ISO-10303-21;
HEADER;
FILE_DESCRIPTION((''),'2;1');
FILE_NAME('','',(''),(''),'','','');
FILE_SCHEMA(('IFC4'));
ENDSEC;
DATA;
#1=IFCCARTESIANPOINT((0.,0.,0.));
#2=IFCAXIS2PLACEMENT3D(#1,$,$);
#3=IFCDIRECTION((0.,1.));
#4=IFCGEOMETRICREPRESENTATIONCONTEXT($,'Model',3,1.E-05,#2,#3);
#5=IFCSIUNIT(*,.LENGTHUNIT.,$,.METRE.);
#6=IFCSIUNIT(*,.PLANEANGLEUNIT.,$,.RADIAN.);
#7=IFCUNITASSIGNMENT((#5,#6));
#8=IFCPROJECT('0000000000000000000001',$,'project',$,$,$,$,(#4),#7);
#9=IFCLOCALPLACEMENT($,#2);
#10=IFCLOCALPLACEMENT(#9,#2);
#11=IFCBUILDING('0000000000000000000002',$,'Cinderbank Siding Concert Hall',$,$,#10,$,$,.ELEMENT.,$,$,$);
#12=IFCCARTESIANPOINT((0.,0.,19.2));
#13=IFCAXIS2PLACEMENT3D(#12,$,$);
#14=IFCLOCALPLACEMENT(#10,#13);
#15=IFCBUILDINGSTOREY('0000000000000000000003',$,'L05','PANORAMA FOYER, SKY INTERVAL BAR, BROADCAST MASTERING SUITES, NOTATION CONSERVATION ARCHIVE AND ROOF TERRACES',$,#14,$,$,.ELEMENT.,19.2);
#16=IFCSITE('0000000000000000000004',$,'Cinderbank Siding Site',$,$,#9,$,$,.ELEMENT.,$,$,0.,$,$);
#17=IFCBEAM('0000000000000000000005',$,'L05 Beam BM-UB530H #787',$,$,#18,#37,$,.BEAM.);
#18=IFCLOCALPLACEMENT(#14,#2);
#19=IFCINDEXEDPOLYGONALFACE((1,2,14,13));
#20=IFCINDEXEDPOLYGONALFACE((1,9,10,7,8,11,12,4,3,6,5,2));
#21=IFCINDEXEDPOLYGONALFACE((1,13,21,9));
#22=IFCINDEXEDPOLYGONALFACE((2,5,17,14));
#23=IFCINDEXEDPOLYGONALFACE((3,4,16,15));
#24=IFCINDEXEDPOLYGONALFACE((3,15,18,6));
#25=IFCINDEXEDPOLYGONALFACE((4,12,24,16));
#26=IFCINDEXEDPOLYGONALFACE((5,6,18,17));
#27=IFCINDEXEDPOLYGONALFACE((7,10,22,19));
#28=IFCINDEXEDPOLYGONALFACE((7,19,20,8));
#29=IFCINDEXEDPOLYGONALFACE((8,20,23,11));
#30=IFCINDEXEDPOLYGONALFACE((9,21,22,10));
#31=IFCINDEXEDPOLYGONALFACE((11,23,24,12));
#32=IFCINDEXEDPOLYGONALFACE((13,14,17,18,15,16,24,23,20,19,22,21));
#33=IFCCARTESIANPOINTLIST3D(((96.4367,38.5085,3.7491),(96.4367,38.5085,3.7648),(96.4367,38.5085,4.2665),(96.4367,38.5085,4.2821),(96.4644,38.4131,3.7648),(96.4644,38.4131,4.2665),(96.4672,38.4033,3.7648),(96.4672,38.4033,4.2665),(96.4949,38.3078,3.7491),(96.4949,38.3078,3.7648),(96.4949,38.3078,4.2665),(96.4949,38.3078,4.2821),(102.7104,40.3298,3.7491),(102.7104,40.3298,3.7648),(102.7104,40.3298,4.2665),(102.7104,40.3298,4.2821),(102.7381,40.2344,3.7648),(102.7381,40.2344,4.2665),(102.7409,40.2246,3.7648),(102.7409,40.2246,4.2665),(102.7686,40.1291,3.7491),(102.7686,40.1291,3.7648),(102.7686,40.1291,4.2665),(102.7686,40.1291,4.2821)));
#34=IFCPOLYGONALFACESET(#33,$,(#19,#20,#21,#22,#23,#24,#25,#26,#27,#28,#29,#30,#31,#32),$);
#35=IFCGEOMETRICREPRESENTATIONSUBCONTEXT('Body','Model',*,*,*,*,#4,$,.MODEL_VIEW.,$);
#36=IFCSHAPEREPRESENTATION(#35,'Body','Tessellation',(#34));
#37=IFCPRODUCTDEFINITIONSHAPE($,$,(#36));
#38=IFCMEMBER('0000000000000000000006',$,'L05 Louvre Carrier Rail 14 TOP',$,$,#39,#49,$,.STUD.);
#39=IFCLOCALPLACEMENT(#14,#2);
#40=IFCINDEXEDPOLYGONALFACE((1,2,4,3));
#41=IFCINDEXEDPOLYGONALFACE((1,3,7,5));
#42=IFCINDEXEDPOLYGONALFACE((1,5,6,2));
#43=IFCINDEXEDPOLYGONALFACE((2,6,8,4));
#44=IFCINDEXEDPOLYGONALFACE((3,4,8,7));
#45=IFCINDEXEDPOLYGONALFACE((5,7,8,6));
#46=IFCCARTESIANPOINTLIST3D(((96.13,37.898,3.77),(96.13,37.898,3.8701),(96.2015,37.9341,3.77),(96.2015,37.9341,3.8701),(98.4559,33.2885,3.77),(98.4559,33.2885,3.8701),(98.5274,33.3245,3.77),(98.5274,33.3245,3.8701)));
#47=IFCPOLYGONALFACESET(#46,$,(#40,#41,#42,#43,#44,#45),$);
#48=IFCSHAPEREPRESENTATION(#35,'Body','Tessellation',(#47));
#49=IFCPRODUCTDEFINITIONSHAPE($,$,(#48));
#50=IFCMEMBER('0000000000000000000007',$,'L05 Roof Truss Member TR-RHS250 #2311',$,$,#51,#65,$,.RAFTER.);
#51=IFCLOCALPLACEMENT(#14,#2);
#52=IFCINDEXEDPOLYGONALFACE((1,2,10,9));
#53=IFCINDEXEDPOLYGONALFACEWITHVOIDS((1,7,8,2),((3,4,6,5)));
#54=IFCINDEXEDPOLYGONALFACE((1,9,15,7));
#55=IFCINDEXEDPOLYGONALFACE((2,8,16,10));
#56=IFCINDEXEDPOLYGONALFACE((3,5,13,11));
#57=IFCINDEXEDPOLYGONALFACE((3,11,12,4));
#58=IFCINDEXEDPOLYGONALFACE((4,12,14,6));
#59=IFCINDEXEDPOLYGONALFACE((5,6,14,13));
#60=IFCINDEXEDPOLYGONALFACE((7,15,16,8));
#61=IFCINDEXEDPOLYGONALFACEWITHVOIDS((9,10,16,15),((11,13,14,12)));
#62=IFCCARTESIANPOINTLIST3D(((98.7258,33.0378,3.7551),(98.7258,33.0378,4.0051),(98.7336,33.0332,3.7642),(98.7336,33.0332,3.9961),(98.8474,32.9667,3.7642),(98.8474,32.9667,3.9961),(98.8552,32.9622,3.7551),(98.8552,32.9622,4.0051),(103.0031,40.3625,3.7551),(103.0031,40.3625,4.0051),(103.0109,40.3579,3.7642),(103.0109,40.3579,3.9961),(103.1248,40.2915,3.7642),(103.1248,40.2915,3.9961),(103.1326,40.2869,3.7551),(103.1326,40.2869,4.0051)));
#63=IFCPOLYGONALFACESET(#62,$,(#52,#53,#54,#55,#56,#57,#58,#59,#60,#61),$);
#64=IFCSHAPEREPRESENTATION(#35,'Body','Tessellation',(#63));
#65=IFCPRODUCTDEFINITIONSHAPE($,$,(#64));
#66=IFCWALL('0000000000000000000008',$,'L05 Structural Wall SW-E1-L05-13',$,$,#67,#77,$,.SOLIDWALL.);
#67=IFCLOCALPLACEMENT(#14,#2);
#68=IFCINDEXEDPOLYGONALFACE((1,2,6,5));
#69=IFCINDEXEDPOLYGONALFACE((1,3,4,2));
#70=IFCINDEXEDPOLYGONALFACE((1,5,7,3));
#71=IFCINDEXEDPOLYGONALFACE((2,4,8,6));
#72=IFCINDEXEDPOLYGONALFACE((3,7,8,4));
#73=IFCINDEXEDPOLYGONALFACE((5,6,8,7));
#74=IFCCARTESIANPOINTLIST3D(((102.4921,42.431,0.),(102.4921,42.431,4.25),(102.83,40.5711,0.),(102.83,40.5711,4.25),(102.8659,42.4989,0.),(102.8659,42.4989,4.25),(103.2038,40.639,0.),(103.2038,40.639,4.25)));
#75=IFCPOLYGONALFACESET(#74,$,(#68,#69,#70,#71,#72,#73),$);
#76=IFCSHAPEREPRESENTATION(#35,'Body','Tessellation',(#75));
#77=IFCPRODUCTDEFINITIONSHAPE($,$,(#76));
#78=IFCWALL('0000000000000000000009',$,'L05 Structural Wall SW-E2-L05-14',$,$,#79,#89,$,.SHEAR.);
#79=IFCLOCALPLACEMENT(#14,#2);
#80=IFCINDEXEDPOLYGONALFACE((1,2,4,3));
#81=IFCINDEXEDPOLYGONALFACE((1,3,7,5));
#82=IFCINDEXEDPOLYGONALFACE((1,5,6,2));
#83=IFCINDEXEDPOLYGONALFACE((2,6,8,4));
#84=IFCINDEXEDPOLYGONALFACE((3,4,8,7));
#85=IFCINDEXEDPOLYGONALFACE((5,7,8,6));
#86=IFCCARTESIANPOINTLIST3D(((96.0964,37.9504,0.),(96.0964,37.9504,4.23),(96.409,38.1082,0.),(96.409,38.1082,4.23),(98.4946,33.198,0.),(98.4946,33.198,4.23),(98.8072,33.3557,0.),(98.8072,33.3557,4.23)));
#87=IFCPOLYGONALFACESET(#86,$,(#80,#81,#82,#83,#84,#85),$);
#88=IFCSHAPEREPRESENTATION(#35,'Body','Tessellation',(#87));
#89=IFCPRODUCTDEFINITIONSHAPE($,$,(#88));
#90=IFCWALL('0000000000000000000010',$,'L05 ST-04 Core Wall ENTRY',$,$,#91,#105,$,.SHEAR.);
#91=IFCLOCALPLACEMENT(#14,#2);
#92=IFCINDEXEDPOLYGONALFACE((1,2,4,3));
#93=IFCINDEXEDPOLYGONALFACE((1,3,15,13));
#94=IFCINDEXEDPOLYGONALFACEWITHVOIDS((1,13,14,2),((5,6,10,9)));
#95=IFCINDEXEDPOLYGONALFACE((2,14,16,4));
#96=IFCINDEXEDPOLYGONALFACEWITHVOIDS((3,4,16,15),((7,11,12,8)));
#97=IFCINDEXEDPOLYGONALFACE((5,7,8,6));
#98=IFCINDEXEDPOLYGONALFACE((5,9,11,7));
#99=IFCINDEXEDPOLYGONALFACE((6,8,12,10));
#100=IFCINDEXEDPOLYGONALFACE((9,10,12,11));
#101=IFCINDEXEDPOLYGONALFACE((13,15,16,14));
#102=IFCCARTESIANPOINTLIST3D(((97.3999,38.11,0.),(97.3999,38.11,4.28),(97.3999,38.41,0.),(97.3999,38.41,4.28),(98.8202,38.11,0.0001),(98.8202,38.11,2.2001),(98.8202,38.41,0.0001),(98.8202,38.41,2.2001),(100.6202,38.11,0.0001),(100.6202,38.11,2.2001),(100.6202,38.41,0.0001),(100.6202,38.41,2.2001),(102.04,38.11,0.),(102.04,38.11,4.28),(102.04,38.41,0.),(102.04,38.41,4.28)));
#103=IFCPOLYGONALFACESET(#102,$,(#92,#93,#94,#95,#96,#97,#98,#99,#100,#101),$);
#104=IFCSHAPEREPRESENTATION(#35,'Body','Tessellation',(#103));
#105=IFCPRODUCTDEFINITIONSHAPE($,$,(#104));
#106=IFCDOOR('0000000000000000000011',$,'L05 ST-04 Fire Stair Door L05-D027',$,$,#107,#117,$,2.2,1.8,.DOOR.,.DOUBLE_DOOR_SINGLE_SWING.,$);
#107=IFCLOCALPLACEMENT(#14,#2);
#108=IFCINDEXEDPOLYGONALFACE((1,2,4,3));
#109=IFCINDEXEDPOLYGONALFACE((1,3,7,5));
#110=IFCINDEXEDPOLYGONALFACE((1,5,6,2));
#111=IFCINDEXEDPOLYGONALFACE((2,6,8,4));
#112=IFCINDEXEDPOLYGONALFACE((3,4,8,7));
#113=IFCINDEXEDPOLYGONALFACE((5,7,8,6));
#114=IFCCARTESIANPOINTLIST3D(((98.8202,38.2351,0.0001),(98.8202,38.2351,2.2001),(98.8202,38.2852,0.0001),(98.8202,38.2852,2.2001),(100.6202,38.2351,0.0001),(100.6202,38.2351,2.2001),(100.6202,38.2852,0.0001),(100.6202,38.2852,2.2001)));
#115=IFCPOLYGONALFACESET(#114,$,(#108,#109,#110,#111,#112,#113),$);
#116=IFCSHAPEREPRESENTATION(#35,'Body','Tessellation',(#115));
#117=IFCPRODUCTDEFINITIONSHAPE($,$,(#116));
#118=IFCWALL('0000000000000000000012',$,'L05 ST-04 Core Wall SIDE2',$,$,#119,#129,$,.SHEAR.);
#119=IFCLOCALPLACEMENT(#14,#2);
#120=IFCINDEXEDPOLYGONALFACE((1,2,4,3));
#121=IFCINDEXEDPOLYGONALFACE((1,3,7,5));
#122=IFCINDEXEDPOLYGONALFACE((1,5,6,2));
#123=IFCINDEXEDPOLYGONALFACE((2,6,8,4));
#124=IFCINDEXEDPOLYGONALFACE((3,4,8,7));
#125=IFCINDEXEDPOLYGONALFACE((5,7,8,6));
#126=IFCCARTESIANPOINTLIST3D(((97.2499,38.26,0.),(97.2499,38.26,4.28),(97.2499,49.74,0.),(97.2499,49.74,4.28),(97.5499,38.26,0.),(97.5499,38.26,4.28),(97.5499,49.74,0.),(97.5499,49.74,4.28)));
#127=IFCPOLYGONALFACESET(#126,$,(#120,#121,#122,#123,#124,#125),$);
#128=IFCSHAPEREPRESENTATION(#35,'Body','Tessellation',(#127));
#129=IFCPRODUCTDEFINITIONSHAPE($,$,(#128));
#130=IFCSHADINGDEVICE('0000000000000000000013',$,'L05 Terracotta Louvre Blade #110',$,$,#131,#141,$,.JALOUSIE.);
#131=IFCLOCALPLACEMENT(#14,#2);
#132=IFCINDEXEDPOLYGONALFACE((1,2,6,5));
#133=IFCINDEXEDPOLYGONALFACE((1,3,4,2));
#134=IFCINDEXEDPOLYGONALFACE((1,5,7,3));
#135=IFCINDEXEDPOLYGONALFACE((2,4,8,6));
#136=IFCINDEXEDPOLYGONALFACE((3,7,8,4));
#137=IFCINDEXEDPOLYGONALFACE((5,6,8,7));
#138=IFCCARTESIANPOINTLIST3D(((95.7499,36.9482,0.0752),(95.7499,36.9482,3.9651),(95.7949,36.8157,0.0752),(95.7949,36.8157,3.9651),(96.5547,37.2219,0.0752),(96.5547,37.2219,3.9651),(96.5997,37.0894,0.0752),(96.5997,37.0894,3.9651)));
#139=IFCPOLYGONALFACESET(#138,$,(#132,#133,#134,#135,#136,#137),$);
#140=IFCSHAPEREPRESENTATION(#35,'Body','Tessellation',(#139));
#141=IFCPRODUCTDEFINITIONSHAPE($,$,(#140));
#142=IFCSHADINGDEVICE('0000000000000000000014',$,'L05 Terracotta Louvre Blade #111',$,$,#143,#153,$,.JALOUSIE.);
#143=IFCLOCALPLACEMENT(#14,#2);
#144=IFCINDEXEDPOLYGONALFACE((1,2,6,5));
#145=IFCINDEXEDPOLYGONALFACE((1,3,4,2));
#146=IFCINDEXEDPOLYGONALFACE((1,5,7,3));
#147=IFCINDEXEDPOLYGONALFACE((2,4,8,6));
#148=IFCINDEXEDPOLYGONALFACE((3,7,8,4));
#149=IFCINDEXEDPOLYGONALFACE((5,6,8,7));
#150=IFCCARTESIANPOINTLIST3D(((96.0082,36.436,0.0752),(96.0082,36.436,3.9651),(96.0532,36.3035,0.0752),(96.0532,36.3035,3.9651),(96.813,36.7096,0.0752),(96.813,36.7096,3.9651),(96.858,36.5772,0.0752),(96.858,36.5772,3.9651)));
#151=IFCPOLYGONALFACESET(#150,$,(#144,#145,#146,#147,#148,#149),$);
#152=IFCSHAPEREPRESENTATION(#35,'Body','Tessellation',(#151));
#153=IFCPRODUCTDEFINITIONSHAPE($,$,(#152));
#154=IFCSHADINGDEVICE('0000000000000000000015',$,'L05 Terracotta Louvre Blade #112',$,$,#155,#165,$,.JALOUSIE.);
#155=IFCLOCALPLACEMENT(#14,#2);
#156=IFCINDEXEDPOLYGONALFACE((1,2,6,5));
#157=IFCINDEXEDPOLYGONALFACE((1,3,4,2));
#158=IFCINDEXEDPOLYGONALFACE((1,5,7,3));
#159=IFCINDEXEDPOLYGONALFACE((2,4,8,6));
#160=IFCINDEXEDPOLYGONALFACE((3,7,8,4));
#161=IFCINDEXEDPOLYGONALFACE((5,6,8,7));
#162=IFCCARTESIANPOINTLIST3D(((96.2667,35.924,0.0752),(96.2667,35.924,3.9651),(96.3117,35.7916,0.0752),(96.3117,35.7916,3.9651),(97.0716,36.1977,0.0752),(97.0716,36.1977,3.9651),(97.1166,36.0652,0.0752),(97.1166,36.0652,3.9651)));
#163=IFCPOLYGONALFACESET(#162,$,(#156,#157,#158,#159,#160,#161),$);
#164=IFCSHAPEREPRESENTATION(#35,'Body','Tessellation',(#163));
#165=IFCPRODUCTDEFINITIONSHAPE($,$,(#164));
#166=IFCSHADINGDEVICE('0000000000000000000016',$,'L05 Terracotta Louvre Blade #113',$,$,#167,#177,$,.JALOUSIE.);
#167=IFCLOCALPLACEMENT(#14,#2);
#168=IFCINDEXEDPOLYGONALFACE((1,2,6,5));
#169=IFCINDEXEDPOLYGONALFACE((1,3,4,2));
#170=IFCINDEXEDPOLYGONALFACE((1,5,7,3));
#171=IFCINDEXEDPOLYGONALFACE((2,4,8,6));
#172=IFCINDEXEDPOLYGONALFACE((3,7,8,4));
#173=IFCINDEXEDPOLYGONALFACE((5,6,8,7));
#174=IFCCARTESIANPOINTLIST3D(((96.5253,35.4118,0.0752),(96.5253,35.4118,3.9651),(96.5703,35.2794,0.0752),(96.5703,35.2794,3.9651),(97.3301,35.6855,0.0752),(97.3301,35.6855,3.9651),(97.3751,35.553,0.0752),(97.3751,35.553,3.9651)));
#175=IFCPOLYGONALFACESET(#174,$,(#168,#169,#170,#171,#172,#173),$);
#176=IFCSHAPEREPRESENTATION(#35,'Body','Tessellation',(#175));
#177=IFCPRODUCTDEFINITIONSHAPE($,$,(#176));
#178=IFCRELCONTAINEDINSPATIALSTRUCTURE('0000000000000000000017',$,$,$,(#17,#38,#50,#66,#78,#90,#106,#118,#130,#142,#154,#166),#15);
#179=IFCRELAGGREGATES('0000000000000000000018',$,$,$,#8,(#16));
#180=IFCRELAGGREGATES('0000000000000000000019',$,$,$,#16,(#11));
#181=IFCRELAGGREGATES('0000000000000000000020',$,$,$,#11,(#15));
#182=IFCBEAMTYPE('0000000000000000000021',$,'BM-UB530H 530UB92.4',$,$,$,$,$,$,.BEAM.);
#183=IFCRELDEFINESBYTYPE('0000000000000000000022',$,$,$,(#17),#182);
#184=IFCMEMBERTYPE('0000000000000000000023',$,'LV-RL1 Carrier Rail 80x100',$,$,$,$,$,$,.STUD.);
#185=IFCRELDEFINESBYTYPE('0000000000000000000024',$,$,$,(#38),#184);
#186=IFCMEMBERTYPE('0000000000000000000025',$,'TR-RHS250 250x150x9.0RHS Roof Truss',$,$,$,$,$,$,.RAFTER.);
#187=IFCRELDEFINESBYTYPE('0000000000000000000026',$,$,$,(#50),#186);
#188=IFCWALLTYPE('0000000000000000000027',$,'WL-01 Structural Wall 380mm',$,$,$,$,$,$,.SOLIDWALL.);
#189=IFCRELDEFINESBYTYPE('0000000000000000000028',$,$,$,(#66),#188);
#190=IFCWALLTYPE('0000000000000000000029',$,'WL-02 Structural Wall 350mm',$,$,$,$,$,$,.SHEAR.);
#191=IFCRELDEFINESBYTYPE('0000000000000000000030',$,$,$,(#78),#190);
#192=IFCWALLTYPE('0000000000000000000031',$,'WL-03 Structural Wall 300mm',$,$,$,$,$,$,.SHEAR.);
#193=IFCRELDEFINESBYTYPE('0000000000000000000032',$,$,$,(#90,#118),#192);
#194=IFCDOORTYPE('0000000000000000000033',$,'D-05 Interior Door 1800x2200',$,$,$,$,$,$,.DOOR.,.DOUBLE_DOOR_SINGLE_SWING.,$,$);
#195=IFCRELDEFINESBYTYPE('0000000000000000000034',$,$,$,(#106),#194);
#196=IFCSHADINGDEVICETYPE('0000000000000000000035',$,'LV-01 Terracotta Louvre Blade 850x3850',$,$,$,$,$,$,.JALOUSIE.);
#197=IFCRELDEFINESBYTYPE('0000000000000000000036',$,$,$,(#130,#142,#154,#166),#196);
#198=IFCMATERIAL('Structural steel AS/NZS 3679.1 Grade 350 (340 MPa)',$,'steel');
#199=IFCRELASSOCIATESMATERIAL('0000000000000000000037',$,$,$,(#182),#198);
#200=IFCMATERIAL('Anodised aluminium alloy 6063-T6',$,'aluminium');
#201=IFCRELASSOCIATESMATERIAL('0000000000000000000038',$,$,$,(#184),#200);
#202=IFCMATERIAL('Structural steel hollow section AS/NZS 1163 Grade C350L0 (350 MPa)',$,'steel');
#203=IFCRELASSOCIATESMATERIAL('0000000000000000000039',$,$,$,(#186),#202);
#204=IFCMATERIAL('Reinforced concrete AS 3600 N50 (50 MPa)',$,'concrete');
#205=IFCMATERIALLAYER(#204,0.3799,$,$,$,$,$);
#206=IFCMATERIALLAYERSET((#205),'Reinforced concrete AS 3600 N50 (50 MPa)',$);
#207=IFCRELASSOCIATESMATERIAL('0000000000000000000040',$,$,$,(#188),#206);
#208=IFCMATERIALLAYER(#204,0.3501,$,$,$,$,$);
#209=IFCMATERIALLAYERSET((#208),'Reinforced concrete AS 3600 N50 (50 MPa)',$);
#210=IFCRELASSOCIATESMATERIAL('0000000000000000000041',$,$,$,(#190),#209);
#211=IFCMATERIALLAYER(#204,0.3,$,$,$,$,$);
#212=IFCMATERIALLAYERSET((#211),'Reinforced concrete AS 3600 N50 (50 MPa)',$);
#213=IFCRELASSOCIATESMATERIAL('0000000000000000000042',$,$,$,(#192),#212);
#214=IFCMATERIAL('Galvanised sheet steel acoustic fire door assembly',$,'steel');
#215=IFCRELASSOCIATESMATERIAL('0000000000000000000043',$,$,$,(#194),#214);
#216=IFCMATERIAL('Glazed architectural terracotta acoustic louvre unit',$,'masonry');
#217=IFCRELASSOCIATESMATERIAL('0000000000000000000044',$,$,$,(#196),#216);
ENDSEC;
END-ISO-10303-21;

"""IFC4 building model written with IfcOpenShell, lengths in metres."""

from ifc_helpers import new_model, si_unit, direction, frame, frame_2d, origin, origin_2d, place, context, subcontext, project, spatial, rectangle, hollow_rectangle, i_section, extrude, material, layer, layer_set, material_profile, profile_set, type_object, element, fill, save


model = new_model("IFC4")

# Units and contexts
model_context = context("Model", 3, precision=1e-05, world=origin(), true_north=direction((0.0, 1.0)))
body_context = subcontext(model_context, "Body", "Model", "MODEL_VIEW")
ifc_project = project(units=[si_unit("LENGTHUNIT", "METRE"), si_unit("PLANEANGLEUNIT", "RADIAN")], contexts=[model_context])

# Site, building, storey
site_placement = place(None, origin())
site = spatial("IfcSite", under=ifc_project, at=site_placement, Name="Cinderbank Siding Site", CompositionType="ELEMENT", RefElevation=0.0)
building_placement = place(site_placement, origin())
building = spatial("IfcBuilding", under=site, at=building_placement, Name="Cinderbank Siding Concert Hall", CompositionType="ELEMENT")
storey_placement = place(building_placement, frame((0.0, 0.0, 19.2)))
storey = spatial("IfcBuildingStorey", under=building, at=storey_placement, Name="L05", Description="PANORAMA FOYER, SKY INTERVAL BAR, BROADCAST MASTERING SUITES, NOTATION CONSERVATION ARCHIVE AND ROOF TERRACES", CompositionType="ELEMENT", Elevation=19.2)

# Beam
ifc_material_1 = material(Name="Structural steel AS/NZS 3679.1 Grade 350 (340 MPa)", Category="steel")
ifc_material_profile_1 = material_profile(ifc_material_1, i_section(OverallWidth=0.209, OverallDepth=0.533, WebThickness=0.0103, FlangeThickness=0.0156, at=origin_2d()), Name="530UB92.4", Category="LoadBearing")
ifc_profile_set_1 = profile_set([ifc_material_profile_1], Name="Structural steel AS/NZS 3679.1 Grade 350 (340 MPa)")
beam_type = type_object("IfcBeamType", Name="BM-UB530H 530UB92.4", PredefinedType="BEAM", material=ifc_profile_set_1)
beam_placement = place(storey_placement, frame((102.7395, 40.2295, 4.0156), z_axis=(-0.96035, -0.278796, 0.0), x_axis=(0.278796, -0.96035, 0.0)))
element("IfcBeam", 1, at=beam_placement, inside=storey, type_object=beam_type, Name="L05 Beam BM-UB530H #787", PredefinedType="BEAM", context=body_context, shape_type="SweptSolid", body=[
    extrude(i_section(OverallWidth=0.209, OverallDepth=0.533, WebThickness=0.0103, FlangeThickness=0.0156, at=origin_2d()), origin(), (0.0, 0.0, 1.0), 6.5327),
])

# Members
ifc_material_2 = material(Name="Anodised aluminium alloy 6063-T6", Category="aluminium")
ifc_material_profile_2 = material_profile(ifc_material_2, rectangle(XDim=0.0801, YDim=0.1001, at=origin_2d()), Name="ALU-RAIL-80x100", Category="LoadBearing")
ifc_profile_set_2 = profile_set([ifc_material_profile_2], Name="Anodised aluminium alloy 6063-T6")
member_type_1 = type_object("IfcMemberType", Name="LV-RL1 Carrier Rail 80x100", PredefinedType="STUD", material=ifc_profile_set_2)
member_1_placement = place(storey_placement, frame((96.1658, 37.916, 3.8201), z_axis=(0.450483, -0.892785, 0.0), x_axis=(0.892785, 0.450483, 0.0)))
element("IfcMember", 2, at=member_1_placement, inside=storey, type_object=member_type_1, Name="L05 Louvre Carrier Rail 14 TOP", PredefinedType="STUD", context=body_context, shape_type="SweptSolid", body=[
    extrude(rectangle(XDim=0.0801, YDim=0.1001, at=origin_2d()), origin(), (0.0, 0.0, 1.0), 5.1631),
])
ifc_material_3 = material(Name="Structural steel hollow section AS/NZS 1163 Grade C350L0 (350 MPa)", Category="steel")
ifc_material_profile_3 = material_profile(ifc_material_3, hollow_rectangle(XDim=0.1499, YDim=0.25, WallThickness=0.009, at=origin_2d()), Name="250x150x9.0RHS", Category="LoadBearing")
ifc_profile_set_3 = profile_set([ifc_material_profile_3], Name="Structural steel hollow section AS/NZS 1163 Grade C350L0 (350 MPa)")
member_type_2 = type_object("IfcMemberType", Name="TR-RHS250 250x150x9.0RHS Roof Truss", PredefinedType="RAFTER", material=ifc_profile_set_3)
member_2_placement = place(storey_placement, frame((103.0679, 40.3247, 3.8801), z_axis=(-0.504275, -0.863543, 0.0), x_axis=(0.863543, -0.504275, 0.0)))
element("IfcMember", 3, at=member_2_placement, inside=storey, type_object=member_type_2, Name="L05 Roof Truss Member TR-RHS250 #2311", PredefinedType="RAFTER", context=body_context, shape_type="SweptSolid", body=[
    extrude(hollow_rectangle(XDim=0.1499, YDim=0.25, WallThickness=0.009, at=origin_2d()), origin(), (0.0, 0.0, 1.0), 8.4822),
])

# Walls
ifc_material_4 = material(Name="Reinforced concrete AS 3600 N50 (50 MPa)", Category="concrete")
ifc_layer_1 = layer(ifc_material_4, 0.3799)
ifc_layer_set_1 = layer_set([ifc_layer_1], Name="Reinforced concrete AS 3600 N50 (50 MPa)")
wall_type_1 = type_object("IfcWallType", Name="WL-01 Structural Wall 380mm", PredefinedType="SOLIDWALL", material=ifc_layer_set_1)
wall_1_placement = place(storey_placement, frame((102.679, 42.4651, 0.0), z_axis=(0.0, 0.0, 1.0), x_axis=(0.178749, -0.983895, 0.0)))
element("IfcWall", 4, at=wall_1_placement, inside=storey, type_object=wall_type_1, Name="L05 Structural Wall SW-E1-L05-13", PredefinedType="SOLIDWALL", context=body_context, shape_type="SweptSolid", body=[
    extrude(rectangle(XDim=1.8904, YDim=0.3799, at=frame_2d((0.9453, 0.0))), origin(), (0.0, 0.0, 1.0), 4.25),
])
ifc_layer_2 = layer(ifc_material_4, 0.3501)
ifc_layer_set_2 = layer_set([ifc_layer_2], Name="Reinforced concrete AS 3600 N50 (50 MPa)")
wall_type_2 = type_object("IfcWallType", Name="WL-02 Structural Wall 350mm", PredefinedType="SHEAR", material=ifc_layer_set_2)
wall_2_placement = place(storey_placement, frame((96.2527, 38.0293, 0.0), z_axis=(0.0, 0.0, 1.0), x_axis=(0.450513, -0.89277, 0.0)))
element("IfcWall", 5, at=wall_2_placement, inside=storey, type_object=wall_type_2, Name="L05 Structural Wall SW-E2-L05-14", PredefinedType="SHEAR", context=body_context, shape_type="SweptSolid", body=[
    extrude(rectangle(XDim=5.3232, YDim=0.3501, at=frame_2d((2.6616, 0.0))), origin(), (0.0, 0.0, 1.0), 4.23),
])

# Wall, opening, door
ifc_layer_3 = layer(ifc_material_4, 0.3)
ifc_layer_set_3 = layer_set([ifc_layer_3], Name="Reinforced concrete AS 3600 N50 (50 MPa)")
wall_type_3 = type_object("IfcWallType", Name="WL-03 Structural Wall 300mm", PredefinedType="SHEAR", material=ifc_layer_set_3)
wall_3_placement = place(storey_placement, frame((102.04, 38.26, 0.0), z_axis=(0.0, 0.0, 1.0), x_axis=(-1.0, 0.0, 0.0)))
wall_3 = element("IfcWall", 6, at=wall_3_placement, inside=storey, type_object=wall_type_3, Name="L05 ST-04 Core Wall ENTRY", PredefinedType="SHEAR", context=body_context, shape_type="SweptSolid", body=[
    extrude(rectangle(XDim=4.6401, YDim=0.3, at=frame_2d((2.3201, 0.0))), origin(), (0.0, 0.0, 1.0), 4.28),
])
opening_placement = place(wall_3_placement, frame((1.4199, 0.0, 0.0)))
opening = element("IfcOpeningElement", 7, at=opening_placement, cuts=wall_3, PredefinedType="OPENING", context=body_context, shape_type="SweptSolid", body=[
    extrude(rectangle(XDim=1.8, YDim=2.2, at=frame_2d((0.8999, 1.1001))), frame((0.0, 0.1621, 0.0), z_axis=(0.0, -1.0, 0.0), x_axis=(1.0, 0.0, 0.0)), (0.0, 0.0, 1.0), 0.324),
])
ifc_material_5 = material(Name="Galvanised sheet steel acoustic fire door assembly", Category="steel")
door_type = type_object("IfcDoorType", Name="D-05 Interior Door 1800x2200", OperationType="DOUBLE_DOOR_SINGLE_SWING", PredefinedType="DOOR", material=ifc_material_5)
door_placement = place(opening_placement, origin())
door = element("IfcDoor", 8, at=door_placement, inside=storey, type_object=door_type, Name="L05 ST-04 Fire Stair Door L05-D027", OperationType="DOUBLE_DOOR_SINGLE_SWING", OverallHeight=2.2, OverallWidth=1.8, PredefinedType="DOOR", context=body_context, shape_type="SweptSolid", body=[
    extrude(rectangle(XDim=1.8, YDim=2.2, at=frame_2d((0.8999, 1.1001))), frame((0.0, 0.0249, 0.0), z_axis=(0.0, -1.0, 0.0), x_axis=(1.0, 0.0, 0.0)), (0.0, 0.0, 1.0), 0.05),
])
fill(opening, door)

# Wall
wall_4_placement = place(storey_placement, frame((97.3999, 38.26, 0.0), z_axis=(0.0, 0.0, 1.0), x_axis=(0.0, 1.0, 0.0)))
element("IfcWall", 9, at=wall_4_placement, inside=storey, type_object=wall_type_3, Name="L05 ST-04 Core Wall SIDE2", PredefinedType="SHEAR", context=body_context, shape_type="SweptSolid", body=[
    extrude(rectangle(XDim=11.48, YDim=0.3, at=frame_2d((5.74, 0.0))), origin(), (0.0, 0.0, 1.0), 4.28),
])

# Shading devices
ifc_material_6 = material(Name="Glazed architectural terracotta acoustic louvre unit", Category="masonry")
shading_device_type = type_object("IfcShadingDeviceType", Name="LV-01 Terracotta Louvre Blade 850x3850", PredefinedType="JALOUSIE", material=ifc_material_6)
for number, where, z_axis, x_axis, name in (
    (10, (96.1748, 37.0188, 0.0752), (0.0, 0.0, 1.0), (-0.946765, -0.321924, 0.0), "L05 Terracotta Louvre Blade #110"),
    (11, (96.4331, 36.5066, 0.0752), (0.0, 0.0, 1.0), (-0.946765, -0.321924, 0.0), "L05 Terracotta Louvre Blade #111"),
    (12, (96.6917, 35.9946, 0.0752), (0.0, 0.0, 1.0), (-0.946765, -0.321924, 0.0), "L05 Terracotta Louvre Blade #112"),
    (13, (96.9502, 35.4824, 0.0752), (0.0, 0.0, 1.0), (-0.946765, -0.321924, 0.0), "L05 Terracotta Louvre Blade #113"),
):
    element("IfcShadingDevice", number, at=place(storey_placement, frame(where, z_axis=z_axis, x_axis=x_axis)), inside=storey, type_object=shading_device_type, Name=name, PredefinedType="JALOUSIE", context=body_context, shape_type="SweptSolid", body=[
        extrude(rectangle(XDim=0.8501, YDim=0.1399, at=origin_2d()), origin(), (0.0, 0.0, 1.0), 3.8899),
    ])

save(model, "model.ifc")
